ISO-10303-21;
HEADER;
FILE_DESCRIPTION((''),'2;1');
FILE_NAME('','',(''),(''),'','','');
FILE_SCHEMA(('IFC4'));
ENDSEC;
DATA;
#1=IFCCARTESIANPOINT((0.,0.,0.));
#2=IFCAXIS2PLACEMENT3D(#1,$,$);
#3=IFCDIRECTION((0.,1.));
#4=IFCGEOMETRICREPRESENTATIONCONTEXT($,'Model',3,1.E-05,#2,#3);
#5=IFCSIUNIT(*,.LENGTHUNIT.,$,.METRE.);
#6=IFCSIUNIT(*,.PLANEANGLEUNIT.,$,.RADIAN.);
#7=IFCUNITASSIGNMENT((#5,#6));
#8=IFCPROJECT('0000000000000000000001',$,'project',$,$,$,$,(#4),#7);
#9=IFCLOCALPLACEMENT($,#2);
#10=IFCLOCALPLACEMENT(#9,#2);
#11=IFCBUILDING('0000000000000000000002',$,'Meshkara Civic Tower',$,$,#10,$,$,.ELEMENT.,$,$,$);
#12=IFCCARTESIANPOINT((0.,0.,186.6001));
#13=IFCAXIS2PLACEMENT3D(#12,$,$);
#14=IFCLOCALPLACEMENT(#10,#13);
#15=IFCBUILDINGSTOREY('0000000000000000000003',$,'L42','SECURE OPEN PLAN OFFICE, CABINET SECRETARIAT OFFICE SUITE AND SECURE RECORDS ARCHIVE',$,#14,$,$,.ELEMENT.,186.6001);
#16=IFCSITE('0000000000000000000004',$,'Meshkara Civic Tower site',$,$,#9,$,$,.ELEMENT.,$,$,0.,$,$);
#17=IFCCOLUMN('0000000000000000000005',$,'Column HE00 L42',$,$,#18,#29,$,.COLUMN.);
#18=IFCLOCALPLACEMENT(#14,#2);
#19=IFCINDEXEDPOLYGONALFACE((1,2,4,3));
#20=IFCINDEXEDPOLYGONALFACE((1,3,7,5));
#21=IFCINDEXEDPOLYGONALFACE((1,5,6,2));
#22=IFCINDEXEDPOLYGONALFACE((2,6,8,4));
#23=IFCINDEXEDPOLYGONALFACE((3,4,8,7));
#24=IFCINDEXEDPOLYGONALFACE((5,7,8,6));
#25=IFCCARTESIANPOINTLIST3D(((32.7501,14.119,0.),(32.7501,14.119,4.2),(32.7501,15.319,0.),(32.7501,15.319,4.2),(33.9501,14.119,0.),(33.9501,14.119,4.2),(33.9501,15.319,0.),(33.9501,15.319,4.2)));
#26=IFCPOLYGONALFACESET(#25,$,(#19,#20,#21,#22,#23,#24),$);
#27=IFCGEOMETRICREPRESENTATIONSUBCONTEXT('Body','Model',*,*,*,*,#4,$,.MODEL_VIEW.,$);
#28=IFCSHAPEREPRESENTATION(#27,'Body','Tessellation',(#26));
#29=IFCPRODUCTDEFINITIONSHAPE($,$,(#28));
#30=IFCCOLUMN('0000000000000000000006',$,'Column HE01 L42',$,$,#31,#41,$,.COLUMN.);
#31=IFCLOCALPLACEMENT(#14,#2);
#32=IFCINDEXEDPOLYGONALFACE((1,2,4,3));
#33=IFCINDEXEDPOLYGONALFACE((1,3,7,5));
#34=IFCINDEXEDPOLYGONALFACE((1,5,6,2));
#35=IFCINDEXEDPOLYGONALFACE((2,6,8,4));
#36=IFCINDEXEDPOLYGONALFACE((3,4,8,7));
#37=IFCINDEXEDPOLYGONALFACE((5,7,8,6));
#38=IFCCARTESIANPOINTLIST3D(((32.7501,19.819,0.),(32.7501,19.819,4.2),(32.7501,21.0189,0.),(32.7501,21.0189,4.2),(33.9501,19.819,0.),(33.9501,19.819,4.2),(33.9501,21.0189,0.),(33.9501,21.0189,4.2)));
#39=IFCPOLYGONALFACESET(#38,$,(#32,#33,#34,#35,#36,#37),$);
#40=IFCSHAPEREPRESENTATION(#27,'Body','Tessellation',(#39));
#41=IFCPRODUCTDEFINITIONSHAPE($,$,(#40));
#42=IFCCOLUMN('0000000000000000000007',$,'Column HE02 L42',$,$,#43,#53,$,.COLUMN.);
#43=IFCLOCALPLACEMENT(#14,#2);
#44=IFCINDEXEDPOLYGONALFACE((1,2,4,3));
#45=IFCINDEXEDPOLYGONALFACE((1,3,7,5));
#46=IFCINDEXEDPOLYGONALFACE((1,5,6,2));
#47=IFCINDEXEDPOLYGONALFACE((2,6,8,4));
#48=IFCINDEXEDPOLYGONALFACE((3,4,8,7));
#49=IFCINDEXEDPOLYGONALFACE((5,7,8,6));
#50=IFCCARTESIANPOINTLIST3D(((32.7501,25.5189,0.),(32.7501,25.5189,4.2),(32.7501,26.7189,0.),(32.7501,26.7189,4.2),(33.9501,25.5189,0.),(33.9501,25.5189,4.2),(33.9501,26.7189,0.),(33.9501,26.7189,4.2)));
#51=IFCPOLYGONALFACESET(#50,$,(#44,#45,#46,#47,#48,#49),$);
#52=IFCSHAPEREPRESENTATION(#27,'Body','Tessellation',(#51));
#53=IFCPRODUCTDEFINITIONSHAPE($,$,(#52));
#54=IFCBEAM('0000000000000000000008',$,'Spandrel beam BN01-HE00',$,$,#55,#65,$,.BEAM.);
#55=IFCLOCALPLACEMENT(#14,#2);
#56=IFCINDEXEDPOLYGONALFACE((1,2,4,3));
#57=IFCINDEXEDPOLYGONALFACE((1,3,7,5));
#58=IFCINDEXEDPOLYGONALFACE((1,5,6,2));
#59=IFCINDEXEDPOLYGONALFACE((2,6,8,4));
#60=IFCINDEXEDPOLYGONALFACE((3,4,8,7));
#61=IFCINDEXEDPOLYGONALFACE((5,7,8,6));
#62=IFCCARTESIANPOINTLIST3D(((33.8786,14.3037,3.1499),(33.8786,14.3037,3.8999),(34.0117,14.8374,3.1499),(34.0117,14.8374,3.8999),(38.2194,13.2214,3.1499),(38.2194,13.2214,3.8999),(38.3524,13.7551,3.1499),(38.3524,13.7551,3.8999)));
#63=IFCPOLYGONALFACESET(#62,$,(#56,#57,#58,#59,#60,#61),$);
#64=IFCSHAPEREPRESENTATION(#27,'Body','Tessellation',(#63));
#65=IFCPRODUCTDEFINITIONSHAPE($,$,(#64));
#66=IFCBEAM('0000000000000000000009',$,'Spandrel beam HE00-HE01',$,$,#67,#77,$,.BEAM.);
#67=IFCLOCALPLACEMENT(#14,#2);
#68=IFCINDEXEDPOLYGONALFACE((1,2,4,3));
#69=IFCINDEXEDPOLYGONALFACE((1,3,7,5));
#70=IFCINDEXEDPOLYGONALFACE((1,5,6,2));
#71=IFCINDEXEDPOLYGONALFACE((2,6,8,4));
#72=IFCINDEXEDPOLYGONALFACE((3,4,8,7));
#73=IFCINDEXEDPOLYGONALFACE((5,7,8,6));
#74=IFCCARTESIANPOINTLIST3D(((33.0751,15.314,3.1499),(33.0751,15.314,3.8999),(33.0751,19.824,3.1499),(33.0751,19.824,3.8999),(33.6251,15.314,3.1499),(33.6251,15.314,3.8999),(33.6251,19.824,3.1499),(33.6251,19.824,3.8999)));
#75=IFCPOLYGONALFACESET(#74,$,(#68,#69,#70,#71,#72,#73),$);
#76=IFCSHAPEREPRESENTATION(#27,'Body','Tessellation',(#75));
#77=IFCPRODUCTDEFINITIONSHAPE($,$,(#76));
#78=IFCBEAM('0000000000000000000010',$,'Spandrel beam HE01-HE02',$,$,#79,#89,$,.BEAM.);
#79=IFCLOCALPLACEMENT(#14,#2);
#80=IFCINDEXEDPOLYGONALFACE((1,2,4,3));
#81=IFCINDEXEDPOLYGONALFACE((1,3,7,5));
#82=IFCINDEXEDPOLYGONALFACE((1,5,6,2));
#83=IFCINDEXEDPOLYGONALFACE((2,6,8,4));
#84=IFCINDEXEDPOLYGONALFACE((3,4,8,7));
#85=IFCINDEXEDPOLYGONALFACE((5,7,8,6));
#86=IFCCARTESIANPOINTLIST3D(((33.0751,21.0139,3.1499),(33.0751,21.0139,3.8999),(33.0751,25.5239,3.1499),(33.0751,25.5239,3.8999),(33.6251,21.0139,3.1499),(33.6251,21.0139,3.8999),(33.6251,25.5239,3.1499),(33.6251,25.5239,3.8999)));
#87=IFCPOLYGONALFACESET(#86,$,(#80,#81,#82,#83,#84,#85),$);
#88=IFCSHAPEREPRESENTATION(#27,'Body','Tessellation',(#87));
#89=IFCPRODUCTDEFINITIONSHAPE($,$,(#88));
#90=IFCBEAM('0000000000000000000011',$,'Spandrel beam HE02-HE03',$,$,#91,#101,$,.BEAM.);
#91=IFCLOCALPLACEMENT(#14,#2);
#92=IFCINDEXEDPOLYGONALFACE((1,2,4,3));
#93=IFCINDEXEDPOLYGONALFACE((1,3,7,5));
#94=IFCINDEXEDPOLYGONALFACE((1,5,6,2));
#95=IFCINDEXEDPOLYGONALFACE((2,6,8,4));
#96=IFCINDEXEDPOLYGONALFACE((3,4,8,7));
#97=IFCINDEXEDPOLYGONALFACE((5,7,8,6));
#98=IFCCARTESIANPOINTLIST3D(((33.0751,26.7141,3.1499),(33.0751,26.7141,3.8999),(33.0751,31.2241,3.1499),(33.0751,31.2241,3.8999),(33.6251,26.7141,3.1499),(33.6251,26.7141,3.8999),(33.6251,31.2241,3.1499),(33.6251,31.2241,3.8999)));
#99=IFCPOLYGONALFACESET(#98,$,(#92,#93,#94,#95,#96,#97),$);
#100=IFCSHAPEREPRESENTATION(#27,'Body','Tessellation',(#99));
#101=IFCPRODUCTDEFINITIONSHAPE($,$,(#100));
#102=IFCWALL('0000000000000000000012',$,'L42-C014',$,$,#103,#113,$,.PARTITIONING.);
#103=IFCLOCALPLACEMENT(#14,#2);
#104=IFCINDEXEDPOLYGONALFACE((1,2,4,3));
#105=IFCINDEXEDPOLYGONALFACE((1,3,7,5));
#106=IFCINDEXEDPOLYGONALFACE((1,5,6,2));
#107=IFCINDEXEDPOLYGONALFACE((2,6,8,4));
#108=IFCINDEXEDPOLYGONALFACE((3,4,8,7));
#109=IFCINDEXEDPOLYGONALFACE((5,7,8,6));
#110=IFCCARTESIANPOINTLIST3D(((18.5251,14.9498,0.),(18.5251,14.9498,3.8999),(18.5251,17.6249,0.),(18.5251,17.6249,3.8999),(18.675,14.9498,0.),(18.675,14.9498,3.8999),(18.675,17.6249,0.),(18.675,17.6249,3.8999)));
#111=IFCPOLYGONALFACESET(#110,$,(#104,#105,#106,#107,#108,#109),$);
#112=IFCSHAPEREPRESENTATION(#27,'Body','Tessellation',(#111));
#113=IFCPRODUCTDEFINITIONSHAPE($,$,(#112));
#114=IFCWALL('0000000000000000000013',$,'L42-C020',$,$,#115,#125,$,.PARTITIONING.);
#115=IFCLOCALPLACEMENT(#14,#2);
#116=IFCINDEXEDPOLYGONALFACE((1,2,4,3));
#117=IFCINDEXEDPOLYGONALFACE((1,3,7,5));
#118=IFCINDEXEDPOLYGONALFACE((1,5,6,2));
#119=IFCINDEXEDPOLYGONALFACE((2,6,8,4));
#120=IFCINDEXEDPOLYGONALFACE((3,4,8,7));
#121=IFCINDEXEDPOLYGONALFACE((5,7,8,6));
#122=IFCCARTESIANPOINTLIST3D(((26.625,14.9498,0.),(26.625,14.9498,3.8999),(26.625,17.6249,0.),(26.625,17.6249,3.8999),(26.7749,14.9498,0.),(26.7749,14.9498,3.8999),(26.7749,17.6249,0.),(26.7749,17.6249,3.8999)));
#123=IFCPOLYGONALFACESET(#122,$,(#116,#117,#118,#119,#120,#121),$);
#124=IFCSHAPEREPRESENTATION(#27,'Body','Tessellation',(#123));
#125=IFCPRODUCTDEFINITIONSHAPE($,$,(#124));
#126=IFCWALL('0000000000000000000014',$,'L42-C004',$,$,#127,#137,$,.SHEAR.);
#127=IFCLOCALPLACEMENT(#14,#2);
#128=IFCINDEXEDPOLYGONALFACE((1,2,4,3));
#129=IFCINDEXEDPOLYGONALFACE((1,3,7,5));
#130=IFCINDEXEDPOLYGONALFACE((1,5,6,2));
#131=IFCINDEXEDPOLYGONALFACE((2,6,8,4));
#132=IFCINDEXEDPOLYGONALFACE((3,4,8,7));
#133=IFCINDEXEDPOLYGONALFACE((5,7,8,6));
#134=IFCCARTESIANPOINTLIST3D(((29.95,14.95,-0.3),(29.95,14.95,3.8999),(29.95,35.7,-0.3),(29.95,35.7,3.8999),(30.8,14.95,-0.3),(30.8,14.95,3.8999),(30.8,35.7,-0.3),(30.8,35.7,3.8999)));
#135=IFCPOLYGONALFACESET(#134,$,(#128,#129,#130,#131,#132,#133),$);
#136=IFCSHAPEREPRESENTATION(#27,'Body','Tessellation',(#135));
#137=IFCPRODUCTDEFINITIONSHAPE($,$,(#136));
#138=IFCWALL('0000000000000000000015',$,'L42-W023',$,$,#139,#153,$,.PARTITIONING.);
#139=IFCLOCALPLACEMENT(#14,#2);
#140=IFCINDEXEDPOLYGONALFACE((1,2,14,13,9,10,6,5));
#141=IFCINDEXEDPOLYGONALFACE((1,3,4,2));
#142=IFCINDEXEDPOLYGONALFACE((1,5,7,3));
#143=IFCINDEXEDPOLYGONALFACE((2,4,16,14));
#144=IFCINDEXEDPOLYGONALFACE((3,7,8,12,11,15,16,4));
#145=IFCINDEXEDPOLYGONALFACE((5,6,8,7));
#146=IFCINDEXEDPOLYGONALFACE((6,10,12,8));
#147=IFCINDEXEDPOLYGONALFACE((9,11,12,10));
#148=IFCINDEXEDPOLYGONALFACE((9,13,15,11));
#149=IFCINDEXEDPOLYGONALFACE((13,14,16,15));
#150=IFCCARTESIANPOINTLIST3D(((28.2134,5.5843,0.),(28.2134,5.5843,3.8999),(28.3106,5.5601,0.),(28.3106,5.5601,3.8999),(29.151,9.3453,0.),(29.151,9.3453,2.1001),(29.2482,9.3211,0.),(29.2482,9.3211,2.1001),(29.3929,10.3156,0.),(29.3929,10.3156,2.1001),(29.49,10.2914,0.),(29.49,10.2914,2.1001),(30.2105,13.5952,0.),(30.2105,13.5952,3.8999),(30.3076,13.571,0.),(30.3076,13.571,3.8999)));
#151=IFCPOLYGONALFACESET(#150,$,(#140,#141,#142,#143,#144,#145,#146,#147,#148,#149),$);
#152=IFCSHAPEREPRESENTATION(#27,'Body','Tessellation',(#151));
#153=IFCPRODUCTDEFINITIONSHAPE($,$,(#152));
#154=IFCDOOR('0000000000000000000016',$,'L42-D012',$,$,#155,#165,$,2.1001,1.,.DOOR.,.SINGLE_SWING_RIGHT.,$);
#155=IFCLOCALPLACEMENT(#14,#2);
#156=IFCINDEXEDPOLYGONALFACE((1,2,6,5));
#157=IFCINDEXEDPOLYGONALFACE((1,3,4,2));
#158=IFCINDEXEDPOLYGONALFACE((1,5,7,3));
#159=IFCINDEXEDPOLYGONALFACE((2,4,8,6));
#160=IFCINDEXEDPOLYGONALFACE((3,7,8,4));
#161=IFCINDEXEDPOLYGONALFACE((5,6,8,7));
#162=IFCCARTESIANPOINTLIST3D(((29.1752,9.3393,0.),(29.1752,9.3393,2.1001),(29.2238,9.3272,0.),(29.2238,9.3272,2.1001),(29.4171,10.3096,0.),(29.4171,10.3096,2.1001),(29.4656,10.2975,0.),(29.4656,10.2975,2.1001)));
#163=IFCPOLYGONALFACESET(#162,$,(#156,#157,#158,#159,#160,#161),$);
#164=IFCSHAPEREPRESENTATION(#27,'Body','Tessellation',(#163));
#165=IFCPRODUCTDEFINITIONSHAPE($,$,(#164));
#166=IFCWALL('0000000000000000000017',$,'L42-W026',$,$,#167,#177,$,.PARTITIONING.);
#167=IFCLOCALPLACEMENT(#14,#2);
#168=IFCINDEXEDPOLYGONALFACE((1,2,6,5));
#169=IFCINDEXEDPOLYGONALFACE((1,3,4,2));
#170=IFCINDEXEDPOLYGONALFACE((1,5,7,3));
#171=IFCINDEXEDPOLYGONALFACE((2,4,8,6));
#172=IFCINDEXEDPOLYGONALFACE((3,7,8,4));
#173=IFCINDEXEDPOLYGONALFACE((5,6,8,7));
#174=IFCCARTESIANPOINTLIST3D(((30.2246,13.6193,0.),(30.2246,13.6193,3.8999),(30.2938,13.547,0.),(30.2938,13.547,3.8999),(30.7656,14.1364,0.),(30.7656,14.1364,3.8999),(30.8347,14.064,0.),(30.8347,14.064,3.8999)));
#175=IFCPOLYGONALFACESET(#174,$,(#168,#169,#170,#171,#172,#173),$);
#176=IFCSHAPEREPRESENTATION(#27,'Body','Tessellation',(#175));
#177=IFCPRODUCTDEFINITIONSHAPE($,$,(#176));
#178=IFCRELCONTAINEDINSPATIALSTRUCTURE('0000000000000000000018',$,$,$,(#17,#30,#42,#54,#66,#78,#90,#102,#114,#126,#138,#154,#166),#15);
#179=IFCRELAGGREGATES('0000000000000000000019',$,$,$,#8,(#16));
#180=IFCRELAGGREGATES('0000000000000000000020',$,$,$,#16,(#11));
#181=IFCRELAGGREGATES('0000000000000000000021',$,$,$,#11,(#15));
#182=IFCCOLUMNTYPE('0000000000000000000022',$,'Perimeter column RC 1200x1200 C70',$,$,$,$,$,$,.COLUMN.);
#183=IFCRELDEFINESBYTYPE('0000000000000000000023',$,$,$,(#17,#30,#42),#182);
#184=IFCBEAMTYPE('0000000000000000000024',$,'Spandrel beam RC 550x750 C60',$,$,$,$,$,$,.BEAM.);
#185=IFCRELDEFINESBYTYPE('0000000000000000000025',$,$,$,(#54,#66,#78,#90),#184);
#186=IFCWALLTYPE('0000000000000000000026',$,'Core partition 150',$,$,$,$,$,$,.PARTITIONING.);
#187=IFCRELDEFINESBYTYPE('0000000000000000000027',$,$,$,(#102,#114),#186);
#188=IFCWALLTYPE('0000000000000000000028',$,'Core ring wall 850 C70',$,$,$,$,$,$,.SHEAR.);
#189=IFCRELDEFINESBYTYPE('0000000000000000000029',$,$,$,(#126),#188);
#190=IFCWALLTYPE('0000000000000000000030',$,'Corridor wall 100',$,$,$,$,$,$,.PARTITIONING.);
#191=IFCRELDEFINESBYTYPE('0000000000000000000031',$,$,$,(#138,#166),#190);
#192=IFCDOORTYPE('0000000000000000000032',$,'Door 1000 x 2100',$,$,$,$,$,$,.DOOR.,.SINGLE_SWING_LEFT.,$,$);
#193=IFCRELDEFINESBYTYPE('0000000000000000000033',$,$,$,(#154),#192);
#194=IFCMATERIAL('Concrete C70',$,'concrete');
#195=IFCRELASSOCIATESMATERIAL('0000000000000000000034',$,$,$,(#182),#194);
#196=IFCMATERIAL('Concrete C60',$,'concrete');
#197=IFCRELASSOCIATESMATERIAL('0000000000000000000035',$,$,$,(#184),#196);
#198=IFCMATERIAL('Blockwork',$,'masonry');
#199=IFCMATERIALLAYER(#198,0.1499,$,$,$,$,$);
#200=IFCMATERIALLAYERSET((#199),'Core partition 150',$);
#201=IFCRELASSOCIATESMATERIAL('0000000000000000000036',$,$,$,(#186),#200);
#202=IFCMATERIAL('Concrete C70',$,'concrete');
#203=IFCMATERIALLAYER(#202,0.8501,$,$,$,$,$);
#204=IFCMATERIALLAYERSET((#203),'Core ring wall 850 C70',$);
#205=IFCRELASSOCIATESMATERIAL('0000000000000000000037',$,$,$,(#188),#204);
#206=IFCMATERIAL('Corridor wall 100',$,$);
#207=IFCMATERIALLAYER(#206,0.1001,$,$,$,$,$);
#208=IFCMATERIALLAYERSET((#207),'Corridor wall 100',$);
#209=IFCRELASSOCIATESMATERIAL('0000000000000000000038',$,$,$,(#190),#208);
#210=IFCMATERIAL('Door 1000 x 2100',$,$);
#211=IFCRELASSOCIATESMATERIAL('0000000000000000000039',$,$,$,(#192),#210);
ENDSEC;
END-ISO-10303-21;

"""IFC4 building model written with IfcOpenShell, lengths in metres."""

from ifc_helpers import new_model, si_unit, direction, frame, frame_2d, origin, origin_2d, place, context, subcontext, project, spatial, rectangle, extrude, material, layer, layer_set, material_profile, profile_set, type_object, element, fill, save


model = new_model("IFC4")

# Units and contexts
model_context = context("Model", 3, precision=1e-05, world=origin(), true_north=direction((0.0, 1.0)))
body_context = subcontext(model_context, "Body", "Model", "MODEL_VIEW")
ifc_project = project(units=[si_unit("LENGTHUNIT", "METRE"), si_unit("PLANEANGLEUNIT", "RADIAN")], contexts=[model_context])

# Site, building, storey
site_placement = place(None, origin())
site = spatial("IfcSite", under=ifc_project, at=site_placement, Name="Meshkara Civic Tower site", CompositionType="ELEMENT", RefElevation=0.0)
building_placement = place(site_placement, origin())
building = spatial("IfcBuilding", under=site, at=building_placement, Name="Meshkara Civic Tower", CompositionType="ELEMENT")
storey_placement = place(building_placement, frame((0.0, 0.0, 186.6001)))
storey = spatial("IfcBuildingStorey", under=building, at=storey_placement, Name="L42", Description="SECURE OPEN PLAN OFFICE, CABINET SECRETARIAT OFFICE SUITE AND SECURE RECORDS ARCHIVE", CompositionType="ELEMENT", Elevation=186.6001)

# Columns
ifc_material_1 = material(Name="Concrete C70", Category="concrete")
ifc_material_profile_1 = material_profile(ifc_material_1, rectangle(XDim=1.2, YDim=1.2, at=origin_2d()))
ifc_profile_set_1 = profile_set([ifc_material_profile_1], Name="Concrete C70")
column_type = type_object("IfcColumnType", Name="Perimeter column RC 1200x1200 C70", PredefinedType="COLUMN", material=ifc_profile_set_1)
for number, where, z_axis, x_axis, name in (
    (1, (33.3501, 14.719, 0.0), (0.0, 0.0, 1.0), (1.0, 0.0, 0.0), "Column HE00 L42"),
    (2, (33.3501, 20.4189, 0.0), (0.0, 0.0, 1.0), (1.0, 0.0, 0.0), "Column HE01 L42"),
    (3, (33.3501, 26.1189, 0.0), (0.0, 0.0, 1.0), (1.0, 0.0, 0.0), "Column HE02 L42"),
):
    element("IfcColumn", number, at=place(storey_placement, frame(where, z_axis=z_axis, x_axis=x_axis)), inside=storey, type_object=column_type, Name=name, PredefinedType="COLUMN", context=body_context, shape_type="SweptSolid", body=[
        extrude(rectangle(XDim=1.2, YDim=1.2, at=origin_2d()), origin(), (0.0, 0.0, 1.0), 4.2),
    ])

# Beams
ifc_material_2 = material(Name="Concrete C60", Category="concrete")
ifc_material_profile_2 = material_profile(ifc_material_2, rectangle(XDim=0.55, YDim=0.75, at=origin_2d()))
ifc_profile_set_2 = profile_set([ifc_material_profile_2], Name="Concrete C60")
beam_type = type_object("IfcBeamType", Name="Spandrel beam RC 550x750 C60", PredefinedType="BEAM", material=ifc_profile_set_2)
beam_placement = place(storey_placement, frame((38.2859, 13.4883, 3.5249), z_axis=(-0.970296, 0.241919, 0.0), x_axis=(-0.241919, -0.970296, 0.0)))
element("IfcBeam", 4, at=beam_placement, inside=storey, type_object=beam_type, Name="Spandrel beam BN01-HE00", PredefinedType="BEAM", context=body_context, shape_type="SweptSolid", body=[
    extrude(rectangle(XDim=0.55, YDim=0.75, at=origin_2d()), origin(), (0.0, 0.0, 1.0), 4.4736),
])
for number, where, z_axis, x_axis, name in (
    (5, (33.3501, 15.314, 3.5249), (0.0, 1.0, 0.0), (-1.0, 0.0, 0.0), "Spandrel beam HE00-HE01"),
    (6, (33.3501, 21.0139, 3.5249), (0.0, 1.0, 0.0), (-1.0, 0.0, 0.0), "Spandrel beam HE01-HE02"),
    (7, (33.3501, 26.7141, 3.5249), (0.0, 1.0, 0.0), (-1.0, 0.0, 0.0), "Spandrel beam HE02-HE03"),
):
    element("IfcBeam", number, at=place(storey_placement, frame(where, z_axis=z_axis, x_axis=x_axis)), inside=storey, type_object=beam_type, Name=name, PredefinedType="BEAM", context=body_context, shape_type="SweptSolid", body=[
        extrude(rectangle(XDim=0.55, YDim=0.75, at=origin_2d()), origin(), (0.0, 0.0, 1.0), 4.51),
    ])

# Walls
ifc_material_3 = material(Name="Blockwork", Category="masonry")
ifc_layer_1 = layer(ifc_material_3, 0.1499)
ifc_layer_set_1 = layer_set([ifc_layer_1], Name="Core partition 150")
wall_type_1 = type_object("IfcWallType", Name="Core partition 150", PredefinedType="PARTITIONING", material=ifc_layer_set_1)
for number, where, z_axis, x_axis, name in (
    (8, (18.6001, 14.95, 0.0), (0.0, 0.0, 1.0), (0.0, 1.0, 0.0), "L42-C014"),
    (9, (26.7, 14.95, 0.0), (0.0, 0.0, 1.0), (0.0, 1.0, 0.0), "L42-C020"),
):
    element("IfcWall", number, at=place(storey_placement, frame(where, z_axis=z_axis, x_axis=x_axis)), inside=storey, type_object=wall_type_1, Name=name, PredefinedType="PARTITIONING", context=body_context, shape_type="SweptSolid", body=[
        extrude(rectangle(XDim=2.675, YDim=0.1499, at=frame_2d((1.3374, 0.0))), origin(), (0.0, 0.0, 1.0), 3.8999),
    ])
ifc_material_4 = material(Name="Concrete C70", Category="concrete")
ifc_layer_2 = layer(ifc_material_4, 0.8501)
ifc_layer_set_2 = layer_set([ifc_layer_2], Name="Core ring wall 850 C70")
wall_type_2 = type_object("IfcWallType", Name="Core ring wall 850 C70", PredefinedType="SHEAR", material=ifc_layer_set_2)
wall_1_placement = place(storey_placement, frame((30.375, 14.95, -0.3), z_axis=(0.0, 0.0, 1.0), x_axis=(0.0, 1.0, 0.0)))
element("IfcWall", 10, at=wall_1_placement, inside=storey, type_object=wall_type_2, Name="L42-C004", PredefinedType="SHEAR", context=body_context, shape_type="SweptSolid", body=[
    extrude(rectangle(XDim=20.75, YDim=0.8501, at=frame_2d((10.375, 0.0))), origin(), (0.0, 0.0, 1.0), 4.2),
])

# Wall, opening, door
ifc_material_5 = material(Name="Corridor wall 100")
ifc_layer_3 = layer(ifc_material_5, 0.1001)
ifc_layer_set_3 = layer_set([ifc_layer_3], Name="Corridor wall 100")
wall_type_3 = type_object("IfcWallType", Name="Corridor wall 100", PredefinedType="PARTITIONING", material=ifc_layer_set_3)
wall_2_placement = place(storey_placement, frame((30.259, 13.583, 0.0), z_axis=(0.0, 0.0, 1.0), x_axis=(-0.241888, -0.970304, 0.0)))
wall_2 = element("IfcWall", 11, at=wall_2_placement, inside=storey, type_object=wall_type_3, Name="L42-W023", PredefinedType="PARTITIONING", context=body_context, shape_type="SweptSolid", body=[
    extrude(rectangle(XDim=8.2561, YDim=0.1001, at=frame_2d((4.1279, 0.0))), origin(), (0.0, 0.0, 1.0), 3.8999),
])
opening_1_placement = place(wall_2_placement, frame((3.3799, 0.0, 0.0)))
opening_1 = element("IfcOpeningElement", 12, at=opening_1_placement, cuts=wall_2, PredefinedType="OPENING", context=body_context, shape_type="SweptSolid", body=[
    extrude(rectangle(XDim=1.0, YDim=2.1001, at=frame_2d((0.5, 1.05))), frame((0.0, 0.0601, 0.0), z_axis=(0.0, -1.0, 0.0), x_axis=(1.0, 0.0, 0.0)), (0.0, 0.0, 1.0), 0.1201),
])
ifc_material_6 = material(Name="Door 1000 x 2100")
door_type_1 = type_object("IfcDoorType", Name="Door 1000 x 2100", OperationType="SINGLE_SWING_LEFT", PredefinedType="DOOR", material=ifc_material_6)
door_1_placement = place(opening_1_placement, origin())
door_1 = element("IfcDoor", 13, at=door_1_placement, inside=storey, type_object=door_type_1, Name="L42-D012", OperationType="SINGLE_SWING_RIGHT", OverallHeight=2.1001, OverallWidth=1.0, PredefinedType="DOOR", context=body_context, shape_type="SweptSolid", body=[
    extrude(rectangle(XDim=1.0, YDim=2.1001, at=frame_2d((0.5, 1.05))), frame((0.0, 0.0249, 0.0), z_axis=(0.0, -1.0, 0.0), x_axis=(1.0, 0.0, 0.0)), (0.0, 0.0, 1.0), 0.05),
])
fill(opening_1, door_1)

# Wall
wall_3_placement = place(storey_placement, frame((30.8, 14.1001, 0.0), z_axis=(0.0, 0.0, 1.0), x_axis=(-0.722911, -0.690941, 0.0)))
element("IfcWall", 14, at=wall_3_placement, inside=storey, type_object=wall_type_3, Name="L42-W026", PredefinedType="PARTITIONING", context=body_context, shape_type="SweptSolid", body=[
    extrude(rectangle(XDim=0.7483, YDim=0.1001, at=frame_2d((0.374, 0.0))), origin(), (0.0, 0.0, 1.0), 3.8999),
])

save(model, "model.ifc")
